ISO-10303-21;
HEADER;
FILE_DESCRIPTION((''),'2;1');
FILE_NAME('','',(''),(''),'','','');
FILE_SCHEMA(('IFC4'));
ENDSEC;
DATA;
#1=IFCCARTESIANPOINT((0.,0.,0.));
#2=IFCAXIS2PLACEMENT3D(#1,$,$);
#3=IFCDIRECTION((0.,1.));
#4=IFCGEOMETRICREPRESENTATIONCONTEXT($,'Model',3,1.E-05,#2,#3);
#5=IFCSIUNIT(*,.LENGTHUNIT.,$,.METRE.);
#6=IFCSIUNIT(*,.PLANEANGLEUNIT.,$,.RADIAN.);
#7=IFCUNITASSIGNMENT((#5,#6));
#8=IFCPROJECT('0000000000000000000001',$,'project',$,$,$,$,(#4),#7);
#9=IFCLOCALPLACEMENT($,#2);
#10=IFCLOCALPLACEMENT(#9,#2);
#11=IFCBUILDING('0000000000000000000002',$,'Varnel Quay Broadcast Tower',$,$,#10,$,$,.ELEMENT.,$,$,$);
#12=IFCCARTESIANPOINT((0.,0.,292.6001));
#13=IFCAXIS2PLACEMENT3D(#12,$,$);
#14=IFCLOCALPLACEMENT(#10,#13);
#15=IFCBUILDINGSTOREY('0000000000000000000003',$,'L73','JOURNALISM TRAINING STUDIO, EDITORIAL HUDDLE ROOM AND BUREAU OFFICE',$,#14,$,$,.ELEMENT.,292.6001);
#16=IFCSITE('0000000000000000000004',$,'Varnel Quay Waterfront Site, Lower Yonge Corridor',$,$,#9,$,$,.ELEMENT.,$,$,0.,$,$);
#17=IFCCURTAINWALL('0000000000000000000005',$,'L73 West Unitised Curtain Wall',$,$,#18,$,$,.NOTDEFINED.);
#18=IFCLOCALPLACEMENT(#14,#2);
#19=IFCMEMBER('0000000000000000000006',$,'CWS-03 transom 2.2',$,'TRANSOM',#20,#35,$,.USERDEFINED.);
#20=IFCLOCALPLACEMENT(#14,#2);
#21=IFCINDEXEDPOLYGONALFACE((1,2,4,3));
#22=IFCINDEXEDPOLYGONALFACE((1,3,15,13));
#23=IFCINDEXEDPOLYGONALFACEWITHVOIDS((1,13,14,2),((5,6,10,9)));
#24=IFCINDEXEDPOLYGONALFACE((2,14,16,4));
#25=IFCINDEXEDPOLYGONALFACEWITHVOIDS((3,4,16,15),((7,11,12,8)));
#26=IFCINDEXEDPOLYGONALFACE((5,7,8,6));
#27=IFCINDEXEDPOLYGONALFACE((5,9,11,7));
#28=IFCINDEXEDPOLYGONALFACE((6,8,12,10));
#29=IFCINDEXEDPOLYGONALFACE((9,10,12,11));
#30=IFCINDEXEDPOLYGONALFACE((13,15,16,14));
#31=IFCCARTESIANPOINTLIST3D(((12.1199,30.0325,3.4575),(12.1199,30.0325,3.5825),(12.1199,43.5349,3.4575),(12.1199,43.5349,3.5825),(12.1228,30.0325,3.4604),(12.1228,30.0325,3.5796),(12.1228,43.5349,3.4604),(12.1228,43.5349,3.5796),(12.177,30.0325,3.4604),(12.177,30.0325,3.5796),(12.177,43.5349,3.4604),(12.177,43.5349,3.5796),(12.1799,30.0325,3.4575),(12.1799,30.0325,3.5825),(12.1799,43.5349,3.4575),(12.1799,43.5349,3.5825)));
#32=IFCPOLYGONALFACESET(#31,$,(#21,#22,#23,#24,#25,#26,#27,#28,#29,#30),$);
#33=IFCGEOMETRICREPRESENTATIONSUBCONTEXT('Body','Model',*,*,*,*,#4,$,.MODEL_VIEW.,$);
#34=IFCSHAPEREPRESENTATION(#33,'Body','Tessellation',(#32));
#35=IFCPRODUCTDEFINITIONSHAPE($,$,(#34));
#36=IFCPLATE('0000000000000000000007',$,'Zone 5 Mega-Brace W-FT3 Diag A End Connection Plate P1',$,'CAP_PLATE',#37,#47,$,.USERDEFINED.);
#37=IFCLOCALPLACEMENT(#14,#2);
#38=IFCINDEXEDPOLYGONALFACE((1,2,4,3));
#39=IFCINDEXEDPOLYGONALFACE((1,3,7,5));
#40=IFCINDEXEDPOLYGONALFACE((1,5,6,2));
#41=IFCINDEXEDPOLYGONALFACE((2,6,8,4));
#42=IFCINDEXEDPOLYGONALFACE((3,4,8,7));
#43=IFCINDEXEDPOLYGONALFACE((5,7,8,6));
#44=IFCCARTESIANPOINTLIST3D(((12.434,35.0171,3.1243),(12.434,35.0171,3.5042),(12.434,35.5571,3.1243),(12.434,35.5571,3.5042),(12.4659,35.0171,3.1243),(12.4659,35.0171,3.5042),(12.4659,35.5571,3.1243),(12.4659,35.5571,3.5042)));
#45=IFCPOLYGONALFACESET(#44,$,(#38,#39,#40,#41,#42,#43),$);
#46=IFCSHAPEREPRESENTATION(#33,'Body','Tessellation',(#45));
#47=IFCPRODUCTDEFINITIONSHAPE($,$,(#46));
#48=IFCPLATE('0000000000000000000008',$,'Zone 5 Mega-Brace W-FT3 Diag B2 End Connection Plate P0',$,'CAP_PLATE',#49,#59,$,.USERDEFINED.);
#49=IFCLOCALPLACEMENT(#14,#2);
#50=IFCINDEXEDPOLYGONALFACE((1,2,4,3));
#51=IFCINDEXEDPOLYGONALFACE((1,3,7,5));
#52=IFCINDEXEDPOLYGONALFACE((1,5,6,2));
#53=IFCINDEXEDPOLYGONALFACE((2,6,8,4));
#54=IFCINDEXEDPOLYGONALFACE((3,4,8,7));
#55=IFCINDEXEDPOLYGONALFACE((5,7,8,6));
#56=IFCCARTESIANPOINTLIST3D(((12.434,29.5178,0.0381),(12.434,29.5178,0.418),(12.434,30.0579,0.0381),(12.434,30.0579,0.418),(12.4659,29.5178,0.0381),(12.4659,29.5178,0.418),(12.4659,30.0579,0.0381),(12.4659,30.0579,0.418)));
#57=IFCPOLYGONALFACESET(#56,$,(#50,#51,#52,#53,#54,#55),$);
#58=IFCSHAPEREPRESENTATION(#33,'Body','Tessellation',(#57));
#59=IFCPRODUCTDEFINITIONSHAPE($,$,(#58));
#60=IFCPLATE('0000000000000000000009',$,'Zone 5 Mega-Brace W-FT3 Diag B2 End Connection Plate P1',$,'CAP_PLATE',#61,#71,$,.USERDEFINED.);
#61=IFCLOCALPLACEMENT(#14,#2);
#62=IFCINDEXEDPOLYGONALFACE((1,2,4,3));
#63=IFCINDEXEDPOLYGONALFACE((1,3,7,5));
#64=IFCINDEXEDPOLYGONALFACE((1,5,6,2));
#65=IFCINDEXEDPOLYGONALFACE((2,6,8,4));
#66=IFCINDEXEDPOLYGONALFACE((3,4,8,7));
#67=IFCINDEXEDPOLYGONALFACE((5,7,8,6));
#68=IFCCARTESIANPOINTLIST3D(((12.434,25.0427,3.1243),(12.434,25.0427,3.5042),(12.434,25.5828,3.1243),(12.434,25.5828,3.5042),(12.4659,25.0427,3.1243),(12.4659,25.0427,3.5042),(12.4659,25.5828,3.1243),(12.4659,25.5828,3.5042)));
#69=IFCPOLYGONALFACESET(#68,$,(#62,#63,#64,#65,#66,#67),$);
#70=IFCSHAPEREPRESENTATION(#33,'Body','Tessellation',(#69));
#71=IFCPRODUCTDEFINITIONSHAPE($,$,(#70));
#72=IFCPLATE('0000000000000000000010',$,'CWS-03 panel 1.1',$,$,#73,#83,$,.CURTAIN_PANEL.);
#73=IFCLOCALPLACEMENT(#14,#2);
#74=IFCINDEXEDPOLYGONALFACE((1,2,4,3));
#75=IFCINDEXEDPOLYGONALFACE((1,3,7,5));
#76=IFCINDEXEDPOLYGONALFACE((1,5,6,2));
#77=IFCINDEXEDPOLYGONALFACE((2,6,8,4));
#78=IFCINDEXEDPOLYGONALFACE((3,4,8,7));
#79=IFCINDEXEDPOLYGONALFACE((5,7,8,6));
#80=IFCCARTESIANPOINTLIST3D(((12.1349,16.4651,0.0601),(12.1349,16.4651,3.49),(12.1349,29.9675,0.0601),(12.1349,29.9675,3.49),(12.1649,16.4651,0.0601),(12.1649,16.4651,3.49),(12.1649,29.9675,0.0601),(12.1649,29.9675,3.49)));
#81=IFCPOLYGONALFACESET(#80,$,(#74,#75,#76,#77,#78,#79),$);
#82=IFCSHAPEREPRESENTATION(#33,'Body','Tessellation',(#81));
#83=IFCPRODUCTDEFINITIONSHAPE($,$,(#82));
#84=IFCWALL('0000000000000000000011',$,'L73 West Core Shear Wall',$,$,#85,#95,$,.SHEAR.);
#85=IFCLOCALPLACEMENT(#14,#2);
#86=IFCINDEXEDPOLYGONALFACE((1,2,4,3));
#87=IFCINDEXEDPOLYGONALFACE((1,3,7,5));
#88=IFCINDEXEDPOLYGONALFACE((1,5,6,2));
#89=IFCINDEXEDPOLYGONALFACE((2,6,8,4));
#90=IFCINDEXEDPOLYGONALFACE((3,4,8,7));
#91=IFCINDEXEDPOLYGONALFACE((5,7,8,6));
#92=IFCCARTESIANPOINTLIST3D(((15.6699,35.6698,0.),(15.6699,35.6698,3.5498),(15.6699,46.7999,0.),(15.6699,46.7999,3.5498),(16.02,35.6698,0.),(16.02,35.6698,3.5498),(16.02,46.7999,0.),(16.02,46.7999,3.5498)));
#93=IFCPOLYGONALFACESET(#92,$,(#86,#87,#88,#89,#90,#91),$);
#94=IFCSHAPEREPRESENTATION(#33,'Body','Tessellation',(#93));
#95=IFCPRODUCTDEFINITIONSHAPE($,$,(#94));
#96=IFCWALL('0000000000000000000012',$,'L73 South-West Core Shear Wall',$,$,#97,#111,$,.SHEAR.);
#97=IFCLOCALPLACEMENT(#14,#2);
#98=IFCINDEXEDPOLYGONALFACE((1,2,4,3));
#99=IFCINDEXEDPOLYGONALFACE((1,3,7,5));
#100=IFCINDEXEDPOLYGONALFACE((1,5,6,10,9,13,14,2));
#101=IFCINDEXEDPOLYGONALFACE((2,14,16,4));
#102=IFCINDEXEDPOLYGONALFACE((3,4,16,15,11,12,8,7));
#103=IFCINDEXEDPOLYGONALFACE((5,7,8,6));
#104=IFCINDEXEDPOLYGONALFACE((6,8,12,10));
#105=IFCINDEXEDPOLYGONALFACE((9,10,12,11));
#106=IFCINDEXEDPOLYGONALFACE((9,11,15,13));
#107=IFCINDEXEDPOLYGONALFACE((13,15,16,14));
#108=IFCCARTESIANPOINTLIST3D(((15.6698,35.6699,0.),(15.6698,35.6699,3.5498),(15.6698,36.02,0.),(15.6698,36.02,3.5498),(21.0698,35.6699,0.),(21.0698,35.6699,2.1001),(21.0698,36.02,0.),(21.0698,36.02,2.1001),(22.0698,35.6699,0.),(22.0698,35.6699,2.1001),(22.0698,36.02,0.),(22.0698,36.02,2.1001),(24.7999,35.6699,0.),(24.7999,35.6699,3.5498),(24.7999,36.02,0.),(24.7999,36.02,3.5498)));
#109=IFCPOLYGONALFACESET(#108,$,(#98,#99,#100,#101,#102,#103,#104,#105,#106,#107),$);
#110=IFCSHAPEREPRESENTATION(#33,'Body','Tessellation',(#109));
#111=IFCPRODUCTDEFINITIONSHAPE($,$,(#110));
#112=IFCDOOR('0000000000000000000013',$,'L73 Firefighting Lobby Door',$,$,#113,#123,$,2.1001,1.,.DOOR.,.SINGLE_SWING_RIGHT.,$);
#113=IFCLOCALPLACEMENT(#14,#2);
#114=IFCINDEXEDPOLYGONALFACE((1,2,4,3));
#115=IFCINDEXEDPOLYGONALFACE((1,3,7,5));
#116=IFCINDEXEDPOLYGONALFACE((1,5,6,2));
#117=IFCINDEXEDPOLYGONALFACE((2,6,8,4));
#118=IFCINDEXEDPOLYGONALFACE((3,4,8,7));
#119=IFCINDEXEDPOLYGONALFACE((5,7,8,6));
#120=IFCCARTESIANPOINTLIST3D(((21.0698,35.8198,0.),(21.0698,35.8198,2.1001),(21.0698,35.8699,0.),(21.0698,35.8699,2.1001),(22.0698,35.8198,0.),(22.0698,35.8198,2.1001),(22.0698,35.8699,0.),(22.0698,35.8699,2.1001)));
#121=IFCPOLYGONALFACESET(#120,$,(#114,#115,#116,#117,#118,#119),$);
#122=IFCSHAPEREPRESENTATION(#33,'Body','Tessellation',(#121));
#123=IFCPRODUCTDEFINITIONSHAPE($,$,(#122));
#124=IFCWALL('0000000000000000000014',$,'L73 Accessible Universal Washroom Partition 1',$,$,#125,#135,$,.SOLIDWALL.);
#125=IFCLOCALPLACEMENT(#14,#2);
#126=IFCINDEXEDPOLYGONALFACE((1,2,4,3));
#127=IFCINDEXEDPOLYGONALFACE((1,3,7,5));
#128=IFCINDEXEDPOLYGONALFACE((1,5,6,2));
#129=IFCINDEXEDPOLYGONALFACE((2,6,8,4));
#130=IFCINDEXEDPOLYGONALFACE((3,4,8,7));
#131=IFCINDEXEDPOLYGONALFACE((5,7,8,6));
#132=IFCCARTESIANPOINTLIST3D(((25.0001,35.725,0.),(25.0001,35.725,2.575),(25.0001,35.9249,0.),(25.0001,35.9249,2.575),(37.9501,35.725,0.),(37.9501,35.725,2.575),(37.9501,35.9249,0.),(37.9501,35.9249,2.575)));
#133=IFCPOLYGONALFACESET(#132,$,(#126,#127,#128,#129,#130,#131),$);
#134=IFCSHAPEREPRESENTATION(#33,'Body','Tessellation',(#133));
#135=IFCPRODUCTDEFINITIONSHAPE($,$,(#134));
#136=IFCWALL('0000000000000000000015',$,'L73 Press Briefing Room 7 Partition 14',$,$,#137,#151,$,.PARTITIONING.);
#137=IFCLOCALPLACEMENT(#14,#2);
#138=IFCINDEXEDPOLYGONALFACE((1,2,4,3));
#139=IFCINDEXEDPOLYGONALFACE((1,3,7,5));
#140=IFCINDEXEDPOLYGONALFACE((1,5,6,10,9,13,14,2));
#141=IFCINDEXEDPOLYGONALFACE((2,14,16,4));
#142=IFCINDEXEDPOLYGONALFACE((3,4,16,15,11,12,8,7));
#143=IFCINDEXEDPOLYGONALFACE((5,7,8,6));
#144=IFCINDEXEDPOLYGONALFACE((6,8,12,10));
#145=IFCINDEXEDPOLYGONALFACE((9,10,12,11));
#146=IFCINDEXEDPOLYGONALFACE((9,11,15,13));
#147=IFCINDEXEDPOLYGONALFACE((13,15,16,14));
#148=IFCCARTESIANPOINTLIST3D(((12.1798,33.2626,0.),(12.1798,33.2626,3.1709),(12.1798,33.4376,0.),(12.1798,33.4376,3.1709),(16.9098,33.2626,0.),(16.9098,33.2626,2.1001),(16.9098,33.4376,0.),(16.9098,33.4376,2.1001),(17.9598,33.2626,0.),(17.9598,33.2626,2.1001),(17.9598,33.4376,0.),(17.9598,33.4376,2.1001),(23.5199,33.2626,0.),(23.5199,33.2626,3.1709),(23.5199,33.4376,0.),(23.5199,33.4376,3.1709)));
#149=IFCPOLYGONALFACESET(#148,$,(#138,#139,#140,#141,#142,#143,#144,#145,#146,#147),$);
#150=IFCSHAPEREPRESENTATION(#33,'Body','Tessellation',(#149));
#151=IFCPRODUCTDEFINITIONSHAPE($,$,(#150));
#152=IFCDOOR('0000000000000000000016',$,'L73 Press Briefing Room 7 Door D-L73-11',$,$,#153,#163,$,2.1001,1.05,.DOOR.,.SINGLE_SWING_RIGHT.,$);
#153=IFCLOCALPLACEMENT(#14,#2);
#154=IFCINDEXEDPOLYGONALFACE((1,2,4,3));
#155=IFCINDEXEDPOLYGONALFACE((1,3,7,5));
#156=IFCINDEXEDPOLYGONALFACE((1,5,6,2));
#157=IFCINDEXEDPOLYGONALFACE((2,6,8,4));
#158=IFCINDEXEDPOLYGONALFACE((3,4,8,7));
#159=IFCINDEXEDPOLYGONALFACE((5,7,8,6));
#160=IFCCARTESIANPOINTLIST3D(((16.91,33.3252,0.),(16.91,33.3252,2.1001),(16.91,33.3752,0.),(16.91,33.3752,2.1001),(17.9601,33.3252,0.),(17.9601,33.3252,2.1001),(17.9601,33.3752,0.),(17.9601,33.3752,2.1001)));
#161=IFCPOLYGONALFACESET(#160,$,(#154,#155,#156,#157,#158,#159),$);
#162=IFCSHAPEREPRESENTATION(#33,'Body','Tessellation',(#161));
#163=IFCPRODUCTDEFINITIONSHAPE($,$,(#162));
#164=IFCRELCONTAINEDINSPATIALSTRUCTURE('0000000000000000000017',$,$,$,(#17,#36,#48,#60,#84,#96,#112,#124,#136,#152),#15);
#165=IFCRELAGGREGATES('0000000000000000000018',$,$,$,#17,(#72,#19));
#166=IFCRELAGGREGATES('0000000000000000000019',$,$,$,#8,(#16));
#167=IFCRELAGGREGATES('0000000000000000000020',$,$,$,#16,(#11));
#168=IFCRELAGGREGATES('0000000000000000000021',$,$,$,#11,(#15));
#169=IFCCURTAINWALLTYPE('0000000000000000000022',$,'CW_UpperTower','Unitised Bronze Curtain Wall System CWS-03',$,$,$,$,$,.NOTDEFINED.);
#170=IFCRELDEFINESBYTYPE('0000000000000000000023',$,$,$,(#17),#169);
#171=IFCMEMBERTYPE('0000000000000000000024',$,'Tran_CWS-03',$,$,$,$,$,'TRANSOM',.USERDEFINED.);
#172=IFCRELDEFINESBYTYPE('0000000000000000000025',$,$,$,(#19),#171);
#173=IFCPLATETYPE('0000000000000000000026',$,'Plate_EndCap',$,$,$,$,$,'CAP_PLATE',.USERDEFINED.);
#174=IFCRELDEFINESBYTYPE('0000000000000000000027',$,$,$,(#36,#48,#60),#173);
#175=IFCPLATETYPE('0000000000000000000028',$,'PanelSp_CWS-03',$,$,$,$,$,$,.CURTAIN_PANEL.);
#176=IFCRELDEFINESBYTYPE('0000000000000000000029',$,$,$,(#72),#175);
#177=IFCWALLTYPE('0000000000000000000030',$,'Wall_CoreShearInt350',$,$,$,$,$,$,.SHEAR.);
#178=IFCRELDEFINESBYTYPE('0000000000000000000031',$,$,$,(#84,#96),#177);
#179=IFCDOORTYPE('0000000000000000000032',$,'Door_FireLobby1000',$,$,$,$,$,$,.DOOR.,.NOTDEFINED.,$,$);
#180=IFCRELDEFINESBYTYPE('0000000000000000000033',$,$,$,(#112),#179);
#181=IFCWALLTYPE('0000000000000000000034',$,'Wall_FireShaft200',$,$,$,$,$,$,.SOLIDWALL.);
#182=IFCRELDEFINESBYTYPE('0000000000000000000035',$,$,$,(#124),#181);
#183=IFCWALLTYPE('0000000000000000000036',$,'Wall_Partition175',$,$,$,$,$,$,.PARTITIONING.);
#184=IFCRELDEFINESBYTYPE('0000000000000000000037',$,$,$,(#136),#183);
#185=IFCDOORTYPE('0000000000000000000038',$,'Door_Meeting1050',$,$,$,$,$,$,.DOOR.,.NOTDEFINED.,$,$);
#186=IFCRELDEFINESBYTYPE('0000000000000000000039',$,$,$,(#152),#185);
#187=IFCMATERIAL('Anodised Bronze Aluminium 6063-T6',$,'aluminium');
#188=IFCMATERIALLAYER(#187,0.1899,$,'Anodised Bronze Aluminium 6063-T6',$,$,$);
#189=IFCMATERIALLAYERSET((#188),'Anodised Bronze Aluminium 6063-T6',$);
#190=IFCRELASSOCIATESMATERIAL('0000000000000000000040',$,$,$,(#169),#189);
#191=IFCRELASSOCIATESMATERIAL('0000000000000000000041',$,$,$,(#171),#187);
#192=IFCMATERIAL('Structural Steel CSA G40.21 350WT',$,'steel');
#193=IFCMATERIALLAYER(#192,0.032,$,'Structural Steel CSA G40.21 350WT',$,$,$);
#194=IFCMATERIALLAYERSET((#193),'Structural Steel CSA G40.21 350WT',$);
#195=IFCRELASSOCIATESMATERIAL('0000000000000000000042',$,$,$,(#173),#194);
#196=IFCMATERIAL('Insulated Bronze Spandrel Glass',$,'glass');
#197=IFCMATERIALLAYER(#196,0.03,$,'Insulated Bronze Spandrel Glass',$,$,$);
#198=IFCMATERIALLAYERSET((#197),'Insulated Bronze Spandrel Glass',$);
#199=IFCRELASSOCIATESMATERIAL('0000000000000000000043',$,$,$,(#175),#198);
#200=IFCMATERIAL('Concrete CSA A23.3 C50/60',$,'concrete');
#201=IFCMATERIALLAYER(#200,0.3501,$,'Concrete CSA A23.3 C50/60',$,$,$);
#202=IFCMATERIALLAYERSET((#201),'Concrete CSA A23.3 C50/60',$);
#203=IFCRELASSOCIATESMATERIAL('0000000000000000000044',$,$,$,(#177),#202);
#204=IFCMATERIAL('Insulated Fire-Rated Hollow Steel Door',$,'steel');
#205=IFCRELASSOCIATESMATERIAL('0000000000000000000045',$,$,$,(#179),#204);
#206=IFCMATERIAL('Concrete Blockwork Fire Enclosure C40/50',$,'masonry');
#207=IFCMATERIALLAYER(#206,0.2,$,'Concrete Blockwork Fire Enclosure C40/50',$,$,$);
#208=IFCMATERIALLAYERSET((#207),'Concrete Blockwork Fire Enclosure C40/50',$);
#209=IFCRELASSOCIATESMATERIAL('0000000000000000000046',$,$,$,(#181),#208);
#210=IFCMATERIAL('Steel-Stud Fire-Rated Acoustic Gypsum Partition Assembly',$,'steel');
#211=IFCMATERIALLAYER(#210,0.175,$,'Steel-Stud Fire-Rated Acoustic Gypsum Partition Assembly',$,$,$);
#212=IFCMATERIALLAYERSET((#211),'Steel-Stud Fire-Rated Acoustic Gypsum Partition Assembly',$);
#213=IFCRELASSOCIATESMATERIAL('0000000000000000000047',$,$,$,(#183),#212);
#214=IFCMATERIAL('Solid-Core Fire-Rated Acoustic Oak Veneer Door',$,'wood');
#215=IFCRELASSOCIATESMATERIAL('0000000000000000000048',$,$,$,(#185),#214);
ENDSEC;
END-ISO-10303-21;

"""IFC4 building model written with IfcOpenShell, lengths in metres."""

from ifc_helpers import new_model, si_unit, direction, frame, frame_2d, origin, origin_2d, place, context, subcontext, project, spatial, rectangle, hollow_rectangle, extrude, source, transform, mapped, material, layer, layer_set, material_profile, profile_set, type_object, type_shapes, element, fill, aggregate, save


model = new_model("IFC4")

# Units and contexts
model_context = context("Model", 3, precision=1e-05, world=origin(), true_north=direction((0.0, 1.0)))
body_context = subcontext(model_context, "Body", "Model", "MODEL_VIEW")
ifc_project = project(units=[si_unit("LENGTHUNIT", "METRE"), si_unit("PLANEANGLEUNIT", "RADIAN")], contexts=[model_context])

# Site, building, storey
site_placement = place(None, origin())
site = spatial("IfcSite", under=ifc_project, at=site_placement, Name="Varnel Quay Waterfront Site, Lower Yonge Corridor", CompositionType="ELEMENT", RefElevation=0.0)
building_placement = place(site_placement, origin())
building = spatial("IfcBuilding", under=site, at=building_placement, Name="Varnel Quay Broadcast Tower", CompositionType="ELEMENT")
storey_placement = place(building_placement, frame((0.0, 0.0, 292.6001)))
storey = spatial("IfcBuildingStorey", under=building, at=storey_placement, Name="L73", Description="JOURNALISM TRAINING STUDIO, EDITORIAL HUDDLE ROOM AND BUREAU OFFICE", CompositionType="ELEMENT", Elevation=292.6001)

# Shared definitions
ifc_material_1 = material(Name="Structural Steel CSA G40.21 350WT", Category="steel")

# Shared definitions
ifc_material_2 = material(Name="Concrete CSA A23.3 C50/60", Category="concrete")

# Curtain wall, member
ifc_material_3 = material(Name="Anodised Bronze Aluminium 6063-T6", Category="aluminium")
ifc_layer_1 = layer(ifc_material_3, 0.1899, Name="Anodised Bronze Aluminium 6063-T6")
ifc_layer_set_1 = layer_set([ifc_layer_1], Name="Anodised Bronze Aluminium 6063-T6")
curtain_wall_type = type_object("IfcCurtainWallType", Name="CW_UpperTower", Description="Unitised Bronze Curtain Wall System CWS-03", PredefinedType="NOTDEFINED", material=ifc_layer_set_1)
curtain_wall_placement = place(storey_placement, origin())
curtain_wall = element("IfcCurtainWall", 1, at=curtain_wall_placement, inside=storey, type_object=curtain_wall_type, Name="L73 West Unitised Curtain Wall", PredefinedType="NOTDEFINED")
ifc_material_profile_1 = material_profile(ifc_material_3, hollow_rectangle(XDim=0.0601, YDim=0.125, WallThickness=0.0029, at=origin_2d()), Name="ALU60X125X3")
ifc_profile_set_1 = profile_set([ifc_material_profile_1], Name="Anodised Bronze Aluminium 6063-T6")
member_type_1 = type_object("IfcMemberType", Name="Tran_CWS-03", ElementType="TRANSOM", PredefinedType="USERDEFINED", material=ifc_profile_set_1)
shared_shape_1 = source(origin(), body_context, "Body", "SweptSolid", [
    extrude(hollow_rectangle(XDim=0.0601, YDim=0.125, WallThickness=0.0029, at=origin_2d()), origin(), (0.0, 0.0, 1.0), 13.5024),
])
type_shapes(member_type_1, [shared_shape_1])
member_1_placement = place(storey_placement, frame((12.1499, 30.0325, 3.52), z_axis=(0.0, 1.0, 0.0), x_axis=(-1.0, 0.0, 0.0)))
member_1 = element("IfcMember", 2, at=member_1_placement, type_object=member_type_1, Name="CWS-03 transom 2.2", ObjectType="TRANSOM", PredefinedType="USERDEFINED", context=body_context, shape_type="MappedRepresentation", body=[
    mapped(shared_shape_1, transform((0.0, 0.0, 0.0), x_axis=(1.0, 0.0, 0.0), y_axis=(0.0, 1.0, 0.0), z_axis=(0.0, 0.0, 1.0), scale=1.0)),
])

# Plates
ifc_layer_2 = layer(ifc_material_1, 0.032, Name="Structural Steel CSA G40.21 350WT")
ifc_layer_set_2 = layer_set([ifc_layer_2], Name="Structural Steel CSA G40.21 350WT")
plate_type_1 = type_object("IfcPlateType", Name="Plate_EndCap", ElementType="CAP_PLATE", PredefinedType="USERDEFINED", material=ifc_layer_set_2)
shared_shape_2 = source(origin(), body_context, "Body", "SweptSolid", [
    extrude(rectangle(XDim=0.54, YDim=0.032, at=origin_2d()), origin(), (0.0, 0.0, 1.0), 0.3799),
])
type_shapes(plate_type_1, [shared_shape_2])
for number, where, z_axis, x_axis, name in (
    (3, (12.45, 35.2871, 3.1243), (0.0, 0.0, 1.0), (0.0, 1.0, 0.0), "Zone 5 Mega-Brace W-FT3 Diag A End Connection Plate P1"),
    (4, (12.45, 29.7878, 0.0381), (0.0, 0.0, 1.0), (0.0, 1.0, 0.0), "Zone 5 Mega-Brace W-FT3 Diag B2 End Connection Plate P0"),
    (5, (12.45, 25.3127, 3.1243), (0.0, 0.0, 1.0), (0.0, 1.0, 0.0), "Zone 5 Mega-Brace W-FT3 Diag B2 End Connection Plate P1"),
):
    element("IfcPlate", number, at=place(storey_placement, frame(where, z_axis=z_axis, x_axis=x_axis)), inside=storey, type_object=plate_type_1, Name=name, ObjectType="CAP_PLATE", PredefinedType="USERDEFINED", context=body_context, shape_type="MappedRepresentation", body=[
        mapped(shared_shape_2, transform((0.0, 0.0, 0.0), x_axis=(1.0, 0.0, 0.0), y_axis=(0.0, 1.0, 0.0), z_axis=(0.0, 0.0, 1.0), scale=1.0)),
    ])

# Plate
ifc_material_4 = material(Name="Insulated Bronze Spandrel Glass", Category="glass")
ifc_layer_3 = layer(ifc_material_4, 0.03, Name="Insulated Bronze Spandrel Glass")
ifc_layer_set_3 = layer_set([ifc_layer_3], Name="Insulated Bronze Spandrel Glass")
plate_type_2 = type_object("IfcPlateType", Name="PanelSp_CWS-03", PredefinedType="CURTAIN_PANEL", material=ifc_layer_set_3)
shared_shape_3 = source(origin(), body_context, "Body", "SweptSolid", [
    extrude(rectangle(XDim=13.5024, YDim=0.03, at=origin_2d()), origin(), (0.0, 0.0, 1.0), 3.4299),
])
type_shapes(plate_type_2, [shared_shape_3])
plate_placement = place(storey_placement, frame((12.1499, 23.2163, 0.0601), z_axis=(0.0, 0.0, 1.0), x_axis=(0.0, 1.0, 0.0)))
plate = element("IfcPlate", 6, at=plate_placement, type_object=plate_type_2, Name="CWS-03 panel 1.1", PredefinedType="CURTAIN_PANEL", context=body_context, shape_type="MappedRepresentation", body=[
    mapped(shared_shape_3, transform((0.0, 0.0, 0.0), x_axis=(1.0, 0.0, 0.0), y_axis=(0.0, 1.0, 0.0), z_axis=(0.0, 0.0, 1.0), scale=1.0)),
])
aggregate(curtain_wall, [plate, member_1])

# Wall
ifc_layer_4 = layer(ifc_material_2, 0.3501, Name="Concrete CSA A23.3 C50/60")
ifc_layer_set_4 = layer_set([ifc_layer_4], Name="Concrete CSA A23.3 C50/60")
wall_type_1 = type_object("IfcWallType", Name="Wall_CoreShearInt350", PredefinedType="SHEAR", material=ifc_layer_set_4)
wall_1_placement = place(storey_placement, frame((15.845, 35.6699, 0.0), z_axis=(0.0, 0.0, 1.0), x_axis=(0.0, 1.0, 0.0)))
element("IfcWall", 7, at=wall_1_placement, inside=storey, type_object=wall_type_1, Name="L73 West Core Shear Wall", PredefinedType="SHEAR", context=body_context, shape_type="SweptSolid", body=[
    extrude(rectangle(XDim=11.1301, YDim=0.3501, at=frame_2d((5.5649, 0.0))), origin(), (0.0, 0.0, 1.0), 3.5498),
])

# Wall, opening, door
wall_2_placement = place(storey_placement, frame((15.6699, 35.845, 0.0), z_axis=(0.0, 0.0, 1.0), x_axis=(1.0, 0.0, 0.0)))
wall_2 = element("IfcWall", 8, at=wall_2_placement, inside=storey, type_object=wall_type_1, Name="L73 South-West Core Shear Wall", PredefinedType="SHEAR", context=body_context, shape_type="SweptSolid", body=[
    extrude(rectangle(XDim=9.1301, YDim=0.3501, at=frame_2d((4.5649, 0.0))), origin(), (0.0, 0.0, 1.0), 3.5498),
])
opening_1_placement = place(wall_2_placement, frame((5.3999, 0.0, 0.0)))
opening_1 = element("IfcOpeningElement", 9, at=opening_1_placement, cuts=wall_2, PredefinedType="OPENING", context=body_context, shape_type="SweptSolid", body=[
    extrude(rectangle(XDim=1.0, YDim=2.1001, at=frame_2d((0.5, 1.05))), frame((0.0, 0.1851, 0.0), z_axis=(0.0, -1.0, 0.0), x_axis=(1.0, 0.0, 0.0)), (0.0, 0.0, 1.0), 0.3701),
])
ifc_material_5 = material(Name="Insulated Fire-Rated Hollow Steel Door", Category="steel")
door_type_1 = type_object("IfcDoorType", Name="Door_FireLobby1000", OperationType="NOTDEFINED", PredefinedType="DOOR", material=ifc_material_5)
shared_shape_4 = source(origin(), body_context, "Body", "SweptSolid", [
    extrude(rectangle(XDim=1.0, YDim=2.1001, at=frame_2d((0.5, 1.05))), frame((0.0, 0.0249, 0.0), z_axis=(0.0, -1.0, 0.0), x_axis=(1.0, 0.0, 0.0)), (0.0, 0.0, 1.0), 0.05),
])
type_shapes(door_type_1, [shared_shape_4])
door_1_placement = place(opening_1_placement, origin())
door_1 = element("IfcDoor", 10, at=door_1_placement, inside=storey, type_object=door_type_1, Name="L73 Firefighting Lobby Door", OperationType="SINGLE_SWING_RIGHT", OverallHeight=2.1001, OverallWidth=1.0, PredefinedType="DOOR", context=body_context, shape_type="MappedRepresentation", body=[
    mapped(shared_shape_4, transform((0.0, 0.0, 0.0), x_axis=(1.0, 0.0, 0.0), y_axis=(0.0, 1.0, 0.0), z_axis=(0.0, 0.0, 1.0), scale=1.0)),
])
fill(opening_1, door_1)

# Wall
ifc_material_6 = material(Name="Concrete Blockwork Fire Enclosure C40/50", Category="masonry")
ifc_layer_5 = layer(ifc_material_6, 0.2, Name="Concrete Blockwork Fire Enclosure C40/50")
ifc_layer_set_5 = layer_set([ifc_layer_5], Name="Concrete Blockwork Fire Enclosure C40/50")
wall_type_2 = type_object("IfcWallType", Name="Wall_FireShaft200", PredefinedType="SOLIDWALL", material=ifc_layer_set_5)
wall_3_placement = place(storey_placement, frame((25.0, 35.825, 0.0), z_axis=(0.0, 0.0, 1.0), x_axis=(1.0, 0.0, 0.0)))
element("IfcWall", 11, at=wall_3_placement, inside=storey, type_object=wall_type_2, Name="L73 Accessible Universal Washroom Partition 1", PredefinedType="SOLIDWALL", context=body_context, shape_type="SweptSolid", body=[
    extrude(rectangle(XDim=12.95, YDim=0.2, at=frame_2d((6.4751, 0.0))), origin(), (0.0, 0.0, 1.0), 2.575),
])

# Wall, opening, door
ifc_material_7 = material(Name="Steel-Stud Fire-Rated Acoustic Gypsum Partition Assembly", Category="steel")
ifc_layer_6 = layer(ifc_material_7, 0.175, Name="Steel-Stud Fire-Rated Acoustic Gypsum Partition Assembly")
ifc_layer_set_6 = layer_set([ifc_layer_6], Name="Steel-Stud Fire-Rated Acoustic Gypsum Partition Assembly")
wall_type_3 = type_object("IfcWallType", Name="Wall_Partition175", PredefinedType="PARTITIONING", material=ifc_layer_set_6)
wall_4_placement = place(storey_placement, frame((12.1799, 33.3501, 0.0), z_axis=(0.0, 0.0, 1.0), x_axis=(1.0, 0.0, 0.0)))
wall_4 = element("IfcWall", 12, at=wall_4_placement, inside=storey, type_object=wall_type_3, Name="L73 Press Briefing Room 7 Partition 14", PredefinedType="PARTITIONING", context=body_context, shape_type="SweptSolid", body=[
    extrude(rectangle(XDim=11.3401, YDim=0.175, at=frame_2d((5.6699, 0.0))), origin(), (0.0, 0.0, 1.0), 3.1709),
])
opening_2_placement = place(wall_4_placement, frame((4.73, 0.0, 0.0)))
opening_2 = element("IfcOpeningElement", 13, at=opening_2_placement, cuts=wall_4, PredefinedType="OPENING", context=body_context, shape_type="SweptSolid", body=[
    extrude(rectangle(XDim=1.05, YDim=2.1001, at=frame_2d((0.5249, 1.05))), frame((0.0, 0.0977, 0.0), z_axis=(0.0, -1.0, 0.0), x_axis=(1.0, 0.0, 0.0)), (0.0, 0.0, 1.0), 0.1951),
])
ifc_material_8 = material(Name="Solid-Core Fire-Rated Acoustic Oak Veneer Door", Category="wood")
door_type_2 = type_object("IfcDoorType", Name="Door_Meeting1050", OperationType="NOTDEFINED", PredefinedType="DOOR", material=ifc_material_8)
shared_shape_5 = source(origin(), body_context, "Body", "SweptSolid", [
    extrude(rectangle(XDim=1.05, YDim=2.1001, at=frame_2d((0.5249, 1.05))), frame((0.0, 0.0249, 0.0), z_axis=(0.0, -1.0, 0.0), x_axis=(1.0, 0.0, 0.0)), (0.0, 0.0, 1.0), 0.05),
])
type_shapes(door_type_2, [shared_shape_5])
door_2_placement = place(opening_2_placement, frame((1.05, 0.0, 0.0), z_axis=(0.0, 0.0, 1.0), x_axis=(-1.0, 0.0, 0.0)))
door_2 = element("IfcDoor", 14, at=door_2_placement, inside=storey, type_object=door_type_2, Name="L73 Press Briefing Room 7 Door D-L73-11", OperationType="SINGLE_SWING_RIGHT", OverallHeight=2.1001, OverallWidth=1.05, PredefinedType="DOOR", context=body_context, shape_type="MappedRepresentation", body=[
    mapped(shared_shape_5, transform((0.0, 0.0, 0.0), x_axis=(1.0, 0.0, 0.0), y_axis=(0.0, 1.0, 0.0), z_axis=(0.0, 0.0, 1.0), scale=1.0)),
])
fill(opening_2, door_2)

save(model, "model.ifc")
